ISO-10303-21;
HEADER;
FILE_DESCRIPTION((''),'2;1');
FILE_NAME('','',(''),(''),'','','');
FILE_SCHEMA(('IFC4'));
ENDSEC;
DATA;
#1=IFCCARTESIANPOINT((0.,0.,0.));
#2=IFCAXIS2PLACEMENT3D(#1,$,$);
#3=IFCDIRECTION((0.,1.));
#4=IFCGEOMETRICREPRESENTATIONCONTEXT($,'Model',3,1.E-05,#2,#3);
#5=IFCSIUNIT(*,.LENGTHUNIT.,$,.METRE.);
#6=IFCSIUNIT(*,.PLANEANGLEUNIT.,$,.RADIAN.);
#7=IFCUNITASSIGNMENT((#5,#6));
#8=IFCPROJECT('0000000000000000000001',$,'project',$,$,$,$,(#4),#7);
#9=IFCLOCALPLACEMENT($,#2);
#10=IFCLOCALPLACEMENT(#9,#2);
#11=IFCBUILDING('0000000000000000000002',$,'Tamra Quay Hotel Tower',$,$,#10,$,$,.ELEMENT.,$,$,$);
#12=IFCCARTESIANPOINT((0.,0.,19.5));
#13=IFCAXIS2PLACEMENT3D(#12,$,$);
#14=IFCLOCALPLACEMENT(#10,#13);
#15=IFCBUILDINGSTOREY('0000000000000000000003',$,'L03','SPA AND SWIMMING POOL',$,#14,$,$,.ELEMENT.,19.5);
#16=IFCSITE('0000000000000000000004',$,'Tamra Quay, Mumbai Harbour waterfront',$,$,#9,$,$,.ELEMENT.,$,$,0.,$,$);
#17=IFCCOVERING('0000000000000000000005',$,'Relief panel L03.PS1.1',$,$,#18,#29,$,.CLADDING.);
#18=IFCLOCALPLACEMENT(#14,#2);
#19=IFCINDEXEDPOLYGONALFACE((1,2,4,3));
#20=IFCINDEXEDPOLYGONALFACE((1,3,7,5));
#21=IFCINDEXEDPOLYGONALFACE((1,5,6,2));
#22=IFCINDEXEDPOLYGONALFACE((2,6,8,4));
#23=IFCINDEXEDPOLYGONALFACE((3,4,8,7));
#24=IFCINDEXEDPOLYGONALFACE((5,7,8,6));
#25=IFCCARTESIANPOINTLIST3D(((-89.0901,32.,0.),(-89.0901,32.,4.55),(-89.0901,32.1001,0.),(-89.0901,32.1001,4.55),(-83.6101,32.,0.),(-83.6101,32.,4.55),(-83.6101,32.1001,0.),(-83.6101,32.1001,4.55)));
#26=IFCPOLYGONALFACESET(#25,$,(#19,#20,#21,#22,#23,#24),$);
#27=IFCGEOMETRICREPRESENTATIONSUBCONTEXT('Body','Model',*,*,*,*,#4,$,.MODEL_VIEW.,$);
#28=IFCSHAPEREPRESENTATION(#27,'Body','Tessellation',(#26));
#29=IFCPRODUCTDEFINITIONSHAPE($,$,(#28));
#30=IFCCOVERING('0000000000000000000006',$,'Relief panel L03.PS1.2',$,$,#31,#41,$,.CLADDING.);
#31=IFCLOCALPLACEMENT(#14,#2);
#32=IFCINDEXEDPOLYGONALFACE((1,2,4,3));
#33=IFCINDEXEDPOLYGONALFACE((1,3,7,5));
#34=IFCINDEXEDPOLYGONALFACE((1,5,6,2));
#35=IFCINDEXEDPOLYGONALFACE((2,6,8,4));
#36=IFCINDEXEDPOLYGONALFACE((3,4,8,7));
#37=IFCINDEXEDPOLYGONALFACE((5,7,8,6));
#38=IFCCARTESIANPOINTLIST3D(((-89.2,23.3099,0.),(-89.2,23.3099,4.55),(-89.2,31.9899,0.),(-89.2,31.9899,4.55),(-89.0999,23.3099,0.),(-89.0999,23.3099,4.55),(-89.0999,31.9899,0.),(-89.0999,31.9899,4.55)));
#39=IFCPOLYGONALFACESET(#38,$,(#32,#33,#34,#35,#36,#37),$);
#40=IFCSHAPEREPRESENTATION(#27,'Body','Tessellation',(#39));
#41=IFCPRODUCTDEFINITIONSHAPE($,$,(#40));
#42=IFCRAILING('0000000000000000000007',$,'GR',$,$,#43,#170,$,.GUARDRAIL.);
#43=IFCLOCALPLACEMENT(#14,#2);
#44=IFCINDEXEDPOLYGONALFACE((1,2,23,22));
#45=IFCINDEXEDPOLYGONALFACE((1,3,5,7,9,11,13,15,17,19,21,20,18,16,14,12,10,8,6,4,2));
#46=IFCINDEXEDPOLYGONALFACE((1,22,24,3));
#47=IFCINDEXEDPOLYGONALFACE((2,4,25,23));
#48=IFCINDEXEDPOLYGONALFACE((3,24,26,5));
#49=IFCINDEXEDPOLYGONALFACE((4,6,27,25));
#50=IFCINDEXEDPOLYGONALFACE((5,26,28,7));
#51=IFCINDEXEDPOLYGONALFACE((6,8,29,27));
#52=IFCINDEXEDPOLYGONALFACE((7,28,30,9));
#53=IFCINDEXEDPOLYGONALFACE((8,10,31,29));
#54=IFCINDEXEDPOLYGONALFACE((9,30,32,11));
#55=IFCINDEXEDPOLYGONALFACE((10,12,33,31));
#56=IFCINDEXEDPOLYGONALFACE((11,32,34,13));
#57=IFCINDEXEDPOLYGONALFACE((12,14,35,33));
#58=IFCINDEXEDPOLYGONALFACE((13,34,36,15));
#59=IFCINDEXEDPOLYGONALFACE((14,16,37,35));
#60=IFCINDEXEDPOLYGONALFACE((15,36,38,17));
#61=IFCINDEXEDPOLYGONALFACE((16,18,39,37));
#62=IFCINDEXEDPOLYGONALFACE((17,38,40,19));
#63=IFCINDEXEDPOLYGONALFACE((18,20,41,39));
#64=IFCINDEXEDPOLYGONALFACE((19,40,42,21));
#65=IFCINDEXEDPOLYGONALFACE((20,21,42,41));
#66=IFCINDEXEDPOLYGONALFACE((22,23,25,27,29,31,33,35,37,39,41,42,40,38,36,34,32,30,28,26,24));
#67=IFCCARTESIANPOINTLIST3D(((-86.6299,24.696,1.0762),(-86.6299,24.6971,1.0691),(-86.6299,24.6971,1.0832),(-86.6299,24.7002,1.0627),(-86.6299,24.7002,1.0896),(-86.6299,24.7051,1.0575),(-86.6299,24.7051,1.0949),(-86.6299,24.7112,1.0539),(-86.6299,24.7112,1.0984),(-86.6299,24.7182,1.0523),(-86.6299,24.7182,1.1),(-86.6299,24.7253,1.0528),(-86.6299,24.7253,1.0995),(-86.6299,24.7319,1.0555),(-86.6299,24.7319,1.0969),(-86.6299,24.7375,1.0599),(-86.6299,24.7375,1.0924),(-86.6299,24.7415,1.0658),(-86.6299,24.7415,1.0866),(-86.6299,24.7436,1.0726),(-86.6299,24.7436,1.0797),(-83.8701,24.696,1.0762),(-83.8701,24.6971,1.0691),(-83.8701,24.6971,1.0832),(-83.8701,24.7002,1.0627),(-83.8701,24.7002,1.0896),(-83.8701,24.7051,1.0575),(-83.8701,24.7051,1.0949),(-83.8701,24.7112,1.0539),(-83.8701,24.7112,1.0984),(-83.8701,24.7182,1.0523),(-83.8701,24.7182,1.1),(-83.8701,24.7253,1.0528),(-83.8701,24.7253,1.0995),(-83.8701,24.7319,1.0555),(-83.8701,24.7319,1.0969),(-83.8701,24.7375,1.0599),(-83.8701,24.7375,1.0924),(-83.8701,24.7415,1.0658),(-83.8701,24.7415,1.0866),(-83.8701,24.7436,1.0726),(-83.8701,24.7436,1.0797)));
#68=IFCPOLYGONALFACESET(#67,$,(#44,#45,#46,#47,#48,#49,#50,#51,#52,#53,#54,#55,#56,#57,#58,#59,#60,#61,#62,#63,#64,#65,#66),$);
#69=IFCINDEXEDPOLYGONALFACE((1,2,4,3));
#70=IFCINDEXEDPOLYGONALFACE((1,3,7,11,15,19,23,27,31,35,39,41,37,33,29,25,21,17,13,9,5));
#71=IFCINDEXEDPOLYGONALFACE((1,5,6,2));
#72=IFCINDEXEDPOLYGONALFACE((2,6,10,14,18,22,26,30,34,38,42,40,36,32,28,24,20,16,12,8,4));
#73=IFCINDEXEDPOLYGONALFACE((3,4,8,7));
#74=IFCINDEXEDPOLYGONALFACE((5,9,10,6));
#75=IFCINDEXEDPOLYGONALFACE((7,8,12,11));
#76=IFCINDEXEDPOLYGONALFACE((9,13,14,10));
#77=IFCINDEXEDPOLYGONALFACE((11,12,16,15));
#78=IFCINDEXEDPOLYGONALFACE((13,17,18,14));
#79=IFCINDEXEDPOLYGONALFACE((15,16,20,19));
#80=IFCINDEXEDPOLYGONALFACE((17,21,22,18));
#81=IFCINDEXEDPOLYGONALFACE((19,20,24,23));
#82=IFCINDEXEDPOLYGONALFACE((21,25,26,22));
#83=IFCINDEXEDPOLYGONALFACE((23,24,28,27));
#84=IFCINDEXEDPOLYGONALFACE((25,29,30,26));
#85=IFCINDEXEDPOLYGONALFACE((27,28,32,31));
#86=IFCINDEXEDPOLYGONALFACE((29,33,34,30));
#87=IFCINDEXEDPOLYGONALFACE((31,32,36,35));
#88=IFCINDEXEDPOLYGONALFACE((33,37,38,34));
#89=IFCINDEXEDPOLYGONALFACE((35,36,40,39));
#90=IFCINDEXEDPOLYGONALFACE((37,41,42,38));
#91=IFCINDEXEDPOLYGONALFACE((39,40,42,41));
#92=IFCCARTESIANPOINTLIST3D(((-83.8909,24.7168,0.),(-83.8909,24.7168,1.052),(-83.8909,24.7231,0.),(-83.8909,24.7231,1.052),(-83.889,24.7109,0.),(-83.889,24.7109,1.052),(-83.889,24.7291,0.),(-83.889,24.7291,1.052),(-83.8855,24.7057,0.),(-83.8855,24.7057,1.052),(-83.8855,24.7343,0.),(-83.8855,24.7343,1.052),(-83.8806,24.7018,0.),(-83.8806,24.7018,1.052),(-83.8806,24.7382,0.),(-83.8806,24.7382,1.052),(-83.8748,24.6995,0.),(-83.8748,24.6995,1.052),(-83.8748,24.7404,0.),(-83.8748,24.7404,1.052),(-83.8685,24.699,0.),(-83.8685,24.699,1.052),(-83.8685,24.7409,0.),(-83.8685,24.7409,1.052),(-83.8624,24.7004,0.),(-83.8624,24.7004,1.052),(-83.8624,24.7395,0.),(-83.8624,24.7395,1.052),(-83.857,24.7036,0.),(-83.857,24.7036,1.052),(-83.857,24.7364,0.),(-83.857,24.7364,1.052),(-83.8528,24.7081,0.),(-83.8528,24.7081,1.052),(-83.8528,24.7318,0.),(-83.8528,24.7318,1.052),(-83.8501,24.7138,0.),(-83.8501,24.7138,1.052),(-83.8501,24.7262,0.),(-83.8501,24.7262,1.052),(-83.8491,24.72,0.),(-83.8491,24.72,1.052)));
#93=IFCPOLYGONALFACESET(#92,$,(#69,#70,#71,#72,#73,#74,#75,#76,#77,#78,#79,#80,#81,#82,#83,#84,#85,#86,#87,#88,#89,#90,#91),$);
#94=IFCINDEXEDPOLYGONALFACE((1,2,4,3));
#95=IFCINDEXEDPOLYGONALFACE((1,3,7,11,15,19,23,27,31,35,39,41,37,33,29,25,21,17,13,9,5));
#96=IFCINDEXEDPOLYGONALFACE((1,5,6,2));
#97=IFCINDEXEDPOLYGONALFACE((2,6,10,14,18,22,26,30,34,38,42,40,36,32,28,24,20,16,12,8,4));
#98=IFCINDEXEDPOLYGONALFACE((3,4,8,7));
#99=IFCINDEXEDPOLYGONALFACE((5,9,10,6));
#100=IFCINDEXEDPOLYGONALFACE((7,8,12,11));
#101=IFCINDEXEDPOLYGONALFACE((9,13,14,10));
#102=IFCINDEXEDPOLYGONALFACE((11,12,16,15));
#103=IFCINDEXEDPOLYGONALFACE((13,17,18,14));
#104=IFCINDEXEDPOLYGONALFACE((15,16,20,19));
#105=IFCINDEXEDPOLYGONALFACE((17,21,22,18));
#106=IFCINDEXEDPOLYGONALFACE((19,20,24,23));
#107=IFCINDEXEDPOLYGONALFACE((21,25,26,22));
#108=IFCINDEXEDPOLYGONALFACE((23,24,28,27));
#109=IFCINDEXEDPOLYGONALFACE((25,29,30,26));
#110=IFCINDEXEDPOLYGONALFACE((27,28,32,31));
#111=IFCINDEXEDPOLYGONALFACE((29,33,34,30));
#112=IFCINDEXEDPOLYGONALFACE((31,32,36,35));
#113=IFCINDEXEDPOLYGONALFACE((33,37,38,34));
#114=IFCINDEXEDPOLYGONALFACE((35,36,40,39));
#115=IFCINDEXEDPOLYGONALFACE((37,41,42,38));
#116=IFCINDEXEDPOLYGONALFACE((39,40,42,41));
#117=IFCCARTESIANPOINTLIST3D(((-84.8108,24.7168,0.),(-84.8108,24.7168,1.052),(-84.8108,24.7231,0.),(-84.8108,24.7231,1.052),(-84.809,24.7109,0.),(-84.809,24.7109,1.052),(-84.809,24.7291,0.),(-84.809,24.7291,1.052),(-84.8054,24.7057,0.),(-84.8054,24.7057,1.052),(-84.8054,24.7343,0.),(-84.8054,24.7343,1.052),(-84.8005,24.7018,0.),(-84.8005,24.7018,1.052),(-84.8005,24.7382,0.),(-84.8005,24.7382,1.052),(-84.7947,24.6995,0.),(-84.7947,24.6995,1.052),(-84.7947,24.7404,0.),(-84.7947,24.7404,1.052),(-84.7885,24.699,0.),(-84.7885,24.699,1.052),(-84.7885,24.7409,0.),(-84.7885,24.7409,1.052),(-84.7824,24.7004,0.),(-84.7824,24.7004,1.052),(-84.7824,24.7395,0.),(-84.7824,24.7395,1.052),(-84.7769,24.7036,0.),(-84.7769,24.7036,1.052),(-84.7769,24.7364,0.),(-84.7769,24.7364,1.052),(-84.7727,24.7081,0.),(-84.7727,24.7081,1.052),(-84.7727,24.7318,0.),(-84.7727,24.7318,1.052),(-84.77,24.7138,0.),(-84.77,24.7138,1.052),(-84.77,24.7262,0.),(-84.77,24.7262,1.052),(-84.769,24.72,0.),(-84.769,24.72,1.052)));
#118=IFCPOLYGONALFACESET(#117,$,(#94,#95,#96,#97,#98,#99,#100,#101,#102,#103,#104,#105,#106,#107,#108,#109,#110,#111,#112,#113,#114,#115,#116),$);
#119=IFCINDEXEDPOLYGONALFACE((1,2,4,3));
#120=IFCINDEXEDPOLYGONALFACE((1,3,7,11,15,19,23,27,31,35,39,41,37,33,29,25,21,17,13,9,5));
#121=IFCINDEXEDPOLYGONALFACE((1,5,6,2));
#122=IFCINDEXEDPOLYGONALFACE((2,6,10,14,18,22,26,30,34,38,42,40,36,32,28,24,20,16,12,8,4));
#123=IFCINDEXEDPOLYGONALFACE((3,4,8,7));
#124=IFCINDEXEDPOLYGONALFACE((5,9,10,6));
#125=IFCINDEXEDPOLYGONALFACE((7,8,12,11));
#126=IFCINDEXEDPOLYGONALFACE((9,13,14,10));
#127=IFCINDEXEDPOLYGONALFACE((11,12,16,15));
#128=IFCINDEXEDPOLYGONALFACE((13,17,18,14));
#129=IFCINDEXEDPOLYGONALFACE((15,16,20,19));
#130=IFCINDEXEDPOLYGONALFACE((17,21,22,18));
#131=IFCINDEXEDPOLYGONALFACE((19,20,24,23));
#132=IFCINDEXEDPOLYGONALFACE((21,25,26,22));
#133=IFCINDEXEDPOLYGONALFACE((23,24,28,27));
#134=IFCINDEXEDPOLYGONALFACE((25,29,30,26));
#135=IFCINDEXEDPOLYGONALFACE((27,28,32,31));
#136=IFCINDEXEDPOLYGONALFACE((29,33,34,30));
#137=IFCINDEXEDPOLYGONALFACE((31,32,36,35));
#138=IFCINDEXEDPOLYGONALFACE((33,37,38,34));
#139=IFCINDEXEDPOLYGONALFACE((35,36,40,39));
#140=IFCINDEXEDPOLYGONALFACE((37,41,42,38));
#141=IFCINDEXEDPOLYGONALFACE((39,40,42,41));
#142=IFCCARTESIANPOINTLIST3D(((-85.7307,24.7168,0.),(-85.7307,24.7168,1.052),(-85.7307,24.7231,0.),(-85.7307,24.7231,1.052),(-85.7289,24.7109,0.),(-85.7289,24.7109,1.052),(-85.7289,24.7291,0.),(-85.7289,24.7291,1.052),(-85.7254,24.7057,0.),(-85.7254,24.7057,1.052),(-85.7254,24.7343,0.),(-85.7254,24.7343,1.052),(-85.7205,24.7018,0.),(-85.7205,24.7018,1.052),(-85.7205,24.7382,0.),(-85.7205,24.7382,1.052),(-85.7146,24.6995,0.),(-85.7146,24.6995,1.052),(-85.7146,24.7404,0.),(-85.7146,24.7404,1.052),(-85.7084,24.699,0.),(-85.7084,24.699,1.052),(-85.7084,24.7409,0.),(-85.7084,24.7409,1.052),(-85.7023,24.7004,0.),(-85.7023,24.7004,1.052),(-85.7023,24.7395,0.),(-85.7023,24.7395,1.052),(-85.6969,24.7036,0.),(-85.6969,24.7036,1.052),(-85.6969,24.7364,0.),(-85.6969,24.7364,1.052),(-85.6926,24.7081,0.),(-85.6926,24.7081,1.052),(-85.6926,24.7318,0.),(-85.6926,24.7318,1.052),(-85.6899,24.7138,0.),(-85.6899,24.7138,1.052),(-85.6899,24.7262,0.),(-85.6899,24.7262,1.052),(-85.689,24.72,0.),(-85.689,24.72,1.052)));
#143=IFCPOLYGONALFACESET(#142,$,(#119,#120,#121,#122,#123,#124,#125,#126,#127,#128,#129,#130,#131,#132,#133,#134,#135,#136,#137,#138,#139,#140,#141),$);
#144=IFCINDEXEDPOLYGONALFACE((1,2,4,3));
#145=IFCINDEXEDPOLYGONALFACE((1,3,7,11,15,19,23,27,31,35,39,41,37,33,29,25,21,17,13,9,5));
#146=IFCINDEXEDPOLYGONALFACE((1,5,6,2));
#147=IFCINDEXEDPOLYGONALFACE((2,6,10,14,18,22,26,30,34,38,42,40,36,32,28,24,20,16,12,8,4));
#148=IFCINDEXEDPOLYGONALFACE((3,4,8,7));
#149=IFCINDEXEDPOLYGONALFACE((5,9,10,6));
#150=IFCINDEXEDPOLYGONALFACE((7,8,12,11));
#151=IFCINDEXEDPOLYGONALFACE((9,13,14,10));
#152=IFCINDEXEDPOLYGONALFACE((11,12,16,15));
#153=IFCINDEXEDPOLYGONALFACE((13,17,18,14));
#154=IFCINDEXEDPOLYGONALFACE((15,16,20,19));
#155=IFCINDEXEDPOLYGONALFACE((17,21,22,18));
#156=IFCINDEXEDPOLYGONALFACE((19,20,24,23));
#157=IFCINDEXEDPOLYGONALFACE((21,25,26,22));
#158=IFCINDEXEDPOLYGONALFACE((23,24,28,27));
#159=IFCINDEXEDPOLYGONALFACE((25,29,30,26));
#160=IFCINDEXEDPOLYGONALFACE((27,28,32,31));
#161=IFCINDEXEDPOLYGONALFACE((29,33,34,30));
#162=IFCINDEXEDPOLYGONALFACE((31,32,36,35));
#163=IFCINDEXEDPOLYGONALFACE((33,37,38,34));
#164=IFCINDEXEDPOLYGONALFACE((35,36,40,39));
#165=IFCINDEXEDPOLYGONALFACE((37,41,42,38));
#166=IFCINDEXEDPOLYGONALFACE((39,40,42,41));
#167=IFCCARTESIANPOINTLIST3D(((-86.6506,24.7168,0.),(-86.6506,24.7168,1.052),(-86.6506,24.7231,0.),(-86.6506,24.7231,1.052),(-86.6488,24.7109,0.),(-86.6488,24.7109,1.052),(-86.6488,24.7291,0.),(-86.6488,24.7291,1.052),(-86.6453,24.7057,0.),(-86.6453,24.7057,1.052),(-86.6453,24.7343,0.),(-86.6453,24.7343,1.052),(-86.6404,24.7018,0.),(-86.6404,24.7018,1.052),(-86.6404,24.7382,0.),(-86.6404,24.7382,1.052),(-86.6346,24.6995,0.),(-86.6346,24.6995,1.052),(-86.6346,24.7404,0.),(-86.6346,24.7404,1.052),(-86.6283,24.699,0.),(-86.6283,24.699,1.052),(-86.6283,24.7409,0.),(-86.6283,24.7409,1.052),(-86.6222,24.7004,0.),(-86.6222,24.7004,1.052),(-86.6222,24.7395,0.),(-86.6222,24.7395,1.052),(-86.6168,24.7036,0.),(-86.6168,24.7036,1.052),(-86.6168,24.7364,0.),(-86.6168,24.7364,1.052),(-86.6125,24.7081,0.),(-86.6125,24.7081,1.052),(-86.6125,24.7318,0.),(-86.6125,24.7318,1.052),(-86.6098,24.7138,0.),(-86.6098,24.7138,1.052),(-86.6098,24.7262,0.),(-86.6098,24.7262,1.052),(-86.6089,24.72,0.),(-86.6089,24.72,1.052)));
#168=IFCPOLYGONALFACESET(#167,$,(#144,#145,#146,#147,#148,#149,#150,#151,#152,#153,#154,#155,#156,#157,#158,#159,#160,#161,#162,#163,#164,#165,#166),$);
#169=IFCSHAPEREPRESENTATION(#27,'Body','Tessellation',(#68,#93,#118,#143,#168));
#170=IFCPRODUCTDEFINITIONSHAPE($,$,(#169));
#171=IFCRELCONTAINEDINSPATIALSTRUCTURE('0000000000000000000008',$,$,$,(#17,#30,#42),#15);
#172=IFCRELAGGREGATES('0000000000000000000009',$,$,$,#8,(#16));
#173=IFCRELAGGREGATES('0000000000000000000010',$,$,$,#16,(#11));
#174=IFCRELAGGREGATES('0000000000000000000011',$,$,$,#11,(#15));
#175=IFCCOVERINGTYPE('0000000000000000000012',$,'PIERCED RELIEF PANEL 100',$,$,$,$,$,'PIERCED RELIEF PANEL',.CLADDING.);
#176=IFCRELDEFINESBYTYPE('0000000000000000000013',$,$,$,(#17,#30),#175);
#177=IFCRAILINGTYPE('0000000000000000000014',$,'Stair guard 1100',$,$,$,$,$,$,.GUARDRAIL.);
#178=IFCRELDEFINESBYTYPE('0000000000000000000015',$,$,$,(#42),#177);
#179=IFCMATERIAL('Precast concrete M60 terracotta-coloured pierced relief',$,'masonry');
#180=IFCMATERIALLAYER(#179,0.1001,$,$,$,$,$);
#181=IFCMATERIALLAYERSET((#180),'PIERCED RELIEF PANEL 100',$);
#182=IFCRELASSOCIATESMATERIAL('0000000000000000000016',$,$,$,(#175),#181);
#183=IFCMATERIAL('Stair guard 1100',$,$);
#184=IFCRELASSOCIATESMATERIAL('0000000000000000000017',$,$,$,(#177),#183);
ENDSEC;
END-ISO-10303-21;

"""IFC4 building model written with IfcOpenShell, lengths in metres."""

from ifc_helpers import new_model, si_unit, direction, frame, origin, origin_2d, place, context, subcontext, project, spatial, rectangle, circle, extrude, material, layer, layer_set, type_object, element, save


model = new_model("IFC4")

# Units and contexts
model_context = context("Model", 3, precision=1e-05, world=origin(), true_north=direction((0.0, 1.0)))
body_context = subcontext(model_context, "Body", "Model", "MODEL_VIEW")
ifc_project = project(units=[si_unit("LENGTHUNIT", "METRE"), si_unit("PLANEANGLEUNIT", "RADIAN")], contexts=[model_context])

# Site, building, storey
site_placement = place(None, origin())
site = spatial("IfcSite", under=ifc_project, at=site_placement, Name="Tamra Quay, Mumbai Harbour waterfront", CompositionType="ELEMENT", RefElevation=0.0)
building_placement = place(site_placement, origin())
building = spatial("IfcBuilding", under=site, at=building_placement, Name="Tamra Quay Hotel Tower", CompositionType="ELEMENT")
storey_placement = place(building_placement, frame((0.0, 0.0, 19.5)))
storey = spatial("IfcBuildingStorey", under=building, at=storey_placement, Name="L03", Description="SPA AND SWIMMING POOL", CompositionType="ELEMENT", Elevation=19.5)

# Coverings
ifc_material_1 = material(Name="Precast concrete M60 terracotta-coloured pierced relief", Category="masonry")
ifc_layer_1 = layer(ifc_material_1, 0.1001)
ifc_layer_set_1 = layer_set([ifc_layer_1], Name="PIERCED RELIEF PANEL 100")
covering_type_1 = type_object("IfcCoveringType", Name="PIERCED RELIEF PANEL 100", ElementType="PIERCED RELIEF PANEL", PredefinedType="CLADDING", material=ifc_layer_set_1)
covering_1_placement = place(storey_placement, frame((-86.3501, 32.05, 0.0), z_axis=(0.0, 0.0, 1.0), x_axis=(-1.0, 0.0, 0.0)))
element("IfcCovering", 1, at=covering_1_placement, inside=storey, type_object=covering_type_1, Name="Relief panel L03.PS1.1", PredefinedType="CLADDING", context=body_context, shape_type="SweptSolid", body=[
    extrude(rectangle(XDim=5.48, YDim=0.1001, at=origin_2d()), origin(), (0.0, 0.0, 1.0), 4.55),
])
covering_2_placement = place(storey_placement, frame((-89.1499, 27.6499, 0.0), z_axis=(0.0, 0.0, 1.0), x_axis=(0.0, -1.0, 0.0)))
element("IfcCovering", 2, at=covering_2_placement, inside=storey, type_object=covering_type_1, Name="Relief panel L03.PS1.2", PredefinedType="CLADDING", context=body_context, shape_type="SweptSolid", body=[
    extrude(rectangle(XDim=8.6799, YDim=0.1001, at=origin_2d()), origin(), (0.0, 0.0, 1.0), 4.55),
])

# Railing
ifc_material_2 = material(Name="Stair guard 1100")
railing_type = type_object("IfcRailingType", Name="Stair guard 1100", PredefinedType="GUARDRAIL", material=ifc_material_2)
railing_placement = place(storey_placement, frame((-83.8701, 24.72, 0.0)))
element("IfcRailing", 3, at=railing_placement, inside=storey, type_object=railing_type, Name="GR", PredefinedType="GUARDRAIL", context=body_context, shape_type="SweptSolid", body=[
    extrude(circle(Radius=0.0239, at=origin_2d()), frame((0.0, 0.0, 1.0762), z_axis=(-1.0, 0.0, 0.0), x_axis=(0.0, -1.0, 0.0)), (0.0, 0.0, 1.0), 2.7598),
    extrude(circle(Radius=0.021, at=origin_2d()), origin(), (0.0, 0.0, 1.0), 1.052),
    extrude(circle(Radius=0.021, at=origin_2d()), frame((-0.9199, 0.0, 0.0)), (0.0, 0.0, 1.0), 1.052),
    extrude(circle(Radius=0.021, at=origin_2d()), frame((-1.8398, 0.0, 0.0)), (0.0, 0.0, 1.0), 1.052),
    extrude(circle(Radius=0.021, at=origin_2d()), frame((-2.7598, 0.0, 0.0)), (0.0, 0.0, 1.0), 1.052),
])

save(model, "model.ifc")
